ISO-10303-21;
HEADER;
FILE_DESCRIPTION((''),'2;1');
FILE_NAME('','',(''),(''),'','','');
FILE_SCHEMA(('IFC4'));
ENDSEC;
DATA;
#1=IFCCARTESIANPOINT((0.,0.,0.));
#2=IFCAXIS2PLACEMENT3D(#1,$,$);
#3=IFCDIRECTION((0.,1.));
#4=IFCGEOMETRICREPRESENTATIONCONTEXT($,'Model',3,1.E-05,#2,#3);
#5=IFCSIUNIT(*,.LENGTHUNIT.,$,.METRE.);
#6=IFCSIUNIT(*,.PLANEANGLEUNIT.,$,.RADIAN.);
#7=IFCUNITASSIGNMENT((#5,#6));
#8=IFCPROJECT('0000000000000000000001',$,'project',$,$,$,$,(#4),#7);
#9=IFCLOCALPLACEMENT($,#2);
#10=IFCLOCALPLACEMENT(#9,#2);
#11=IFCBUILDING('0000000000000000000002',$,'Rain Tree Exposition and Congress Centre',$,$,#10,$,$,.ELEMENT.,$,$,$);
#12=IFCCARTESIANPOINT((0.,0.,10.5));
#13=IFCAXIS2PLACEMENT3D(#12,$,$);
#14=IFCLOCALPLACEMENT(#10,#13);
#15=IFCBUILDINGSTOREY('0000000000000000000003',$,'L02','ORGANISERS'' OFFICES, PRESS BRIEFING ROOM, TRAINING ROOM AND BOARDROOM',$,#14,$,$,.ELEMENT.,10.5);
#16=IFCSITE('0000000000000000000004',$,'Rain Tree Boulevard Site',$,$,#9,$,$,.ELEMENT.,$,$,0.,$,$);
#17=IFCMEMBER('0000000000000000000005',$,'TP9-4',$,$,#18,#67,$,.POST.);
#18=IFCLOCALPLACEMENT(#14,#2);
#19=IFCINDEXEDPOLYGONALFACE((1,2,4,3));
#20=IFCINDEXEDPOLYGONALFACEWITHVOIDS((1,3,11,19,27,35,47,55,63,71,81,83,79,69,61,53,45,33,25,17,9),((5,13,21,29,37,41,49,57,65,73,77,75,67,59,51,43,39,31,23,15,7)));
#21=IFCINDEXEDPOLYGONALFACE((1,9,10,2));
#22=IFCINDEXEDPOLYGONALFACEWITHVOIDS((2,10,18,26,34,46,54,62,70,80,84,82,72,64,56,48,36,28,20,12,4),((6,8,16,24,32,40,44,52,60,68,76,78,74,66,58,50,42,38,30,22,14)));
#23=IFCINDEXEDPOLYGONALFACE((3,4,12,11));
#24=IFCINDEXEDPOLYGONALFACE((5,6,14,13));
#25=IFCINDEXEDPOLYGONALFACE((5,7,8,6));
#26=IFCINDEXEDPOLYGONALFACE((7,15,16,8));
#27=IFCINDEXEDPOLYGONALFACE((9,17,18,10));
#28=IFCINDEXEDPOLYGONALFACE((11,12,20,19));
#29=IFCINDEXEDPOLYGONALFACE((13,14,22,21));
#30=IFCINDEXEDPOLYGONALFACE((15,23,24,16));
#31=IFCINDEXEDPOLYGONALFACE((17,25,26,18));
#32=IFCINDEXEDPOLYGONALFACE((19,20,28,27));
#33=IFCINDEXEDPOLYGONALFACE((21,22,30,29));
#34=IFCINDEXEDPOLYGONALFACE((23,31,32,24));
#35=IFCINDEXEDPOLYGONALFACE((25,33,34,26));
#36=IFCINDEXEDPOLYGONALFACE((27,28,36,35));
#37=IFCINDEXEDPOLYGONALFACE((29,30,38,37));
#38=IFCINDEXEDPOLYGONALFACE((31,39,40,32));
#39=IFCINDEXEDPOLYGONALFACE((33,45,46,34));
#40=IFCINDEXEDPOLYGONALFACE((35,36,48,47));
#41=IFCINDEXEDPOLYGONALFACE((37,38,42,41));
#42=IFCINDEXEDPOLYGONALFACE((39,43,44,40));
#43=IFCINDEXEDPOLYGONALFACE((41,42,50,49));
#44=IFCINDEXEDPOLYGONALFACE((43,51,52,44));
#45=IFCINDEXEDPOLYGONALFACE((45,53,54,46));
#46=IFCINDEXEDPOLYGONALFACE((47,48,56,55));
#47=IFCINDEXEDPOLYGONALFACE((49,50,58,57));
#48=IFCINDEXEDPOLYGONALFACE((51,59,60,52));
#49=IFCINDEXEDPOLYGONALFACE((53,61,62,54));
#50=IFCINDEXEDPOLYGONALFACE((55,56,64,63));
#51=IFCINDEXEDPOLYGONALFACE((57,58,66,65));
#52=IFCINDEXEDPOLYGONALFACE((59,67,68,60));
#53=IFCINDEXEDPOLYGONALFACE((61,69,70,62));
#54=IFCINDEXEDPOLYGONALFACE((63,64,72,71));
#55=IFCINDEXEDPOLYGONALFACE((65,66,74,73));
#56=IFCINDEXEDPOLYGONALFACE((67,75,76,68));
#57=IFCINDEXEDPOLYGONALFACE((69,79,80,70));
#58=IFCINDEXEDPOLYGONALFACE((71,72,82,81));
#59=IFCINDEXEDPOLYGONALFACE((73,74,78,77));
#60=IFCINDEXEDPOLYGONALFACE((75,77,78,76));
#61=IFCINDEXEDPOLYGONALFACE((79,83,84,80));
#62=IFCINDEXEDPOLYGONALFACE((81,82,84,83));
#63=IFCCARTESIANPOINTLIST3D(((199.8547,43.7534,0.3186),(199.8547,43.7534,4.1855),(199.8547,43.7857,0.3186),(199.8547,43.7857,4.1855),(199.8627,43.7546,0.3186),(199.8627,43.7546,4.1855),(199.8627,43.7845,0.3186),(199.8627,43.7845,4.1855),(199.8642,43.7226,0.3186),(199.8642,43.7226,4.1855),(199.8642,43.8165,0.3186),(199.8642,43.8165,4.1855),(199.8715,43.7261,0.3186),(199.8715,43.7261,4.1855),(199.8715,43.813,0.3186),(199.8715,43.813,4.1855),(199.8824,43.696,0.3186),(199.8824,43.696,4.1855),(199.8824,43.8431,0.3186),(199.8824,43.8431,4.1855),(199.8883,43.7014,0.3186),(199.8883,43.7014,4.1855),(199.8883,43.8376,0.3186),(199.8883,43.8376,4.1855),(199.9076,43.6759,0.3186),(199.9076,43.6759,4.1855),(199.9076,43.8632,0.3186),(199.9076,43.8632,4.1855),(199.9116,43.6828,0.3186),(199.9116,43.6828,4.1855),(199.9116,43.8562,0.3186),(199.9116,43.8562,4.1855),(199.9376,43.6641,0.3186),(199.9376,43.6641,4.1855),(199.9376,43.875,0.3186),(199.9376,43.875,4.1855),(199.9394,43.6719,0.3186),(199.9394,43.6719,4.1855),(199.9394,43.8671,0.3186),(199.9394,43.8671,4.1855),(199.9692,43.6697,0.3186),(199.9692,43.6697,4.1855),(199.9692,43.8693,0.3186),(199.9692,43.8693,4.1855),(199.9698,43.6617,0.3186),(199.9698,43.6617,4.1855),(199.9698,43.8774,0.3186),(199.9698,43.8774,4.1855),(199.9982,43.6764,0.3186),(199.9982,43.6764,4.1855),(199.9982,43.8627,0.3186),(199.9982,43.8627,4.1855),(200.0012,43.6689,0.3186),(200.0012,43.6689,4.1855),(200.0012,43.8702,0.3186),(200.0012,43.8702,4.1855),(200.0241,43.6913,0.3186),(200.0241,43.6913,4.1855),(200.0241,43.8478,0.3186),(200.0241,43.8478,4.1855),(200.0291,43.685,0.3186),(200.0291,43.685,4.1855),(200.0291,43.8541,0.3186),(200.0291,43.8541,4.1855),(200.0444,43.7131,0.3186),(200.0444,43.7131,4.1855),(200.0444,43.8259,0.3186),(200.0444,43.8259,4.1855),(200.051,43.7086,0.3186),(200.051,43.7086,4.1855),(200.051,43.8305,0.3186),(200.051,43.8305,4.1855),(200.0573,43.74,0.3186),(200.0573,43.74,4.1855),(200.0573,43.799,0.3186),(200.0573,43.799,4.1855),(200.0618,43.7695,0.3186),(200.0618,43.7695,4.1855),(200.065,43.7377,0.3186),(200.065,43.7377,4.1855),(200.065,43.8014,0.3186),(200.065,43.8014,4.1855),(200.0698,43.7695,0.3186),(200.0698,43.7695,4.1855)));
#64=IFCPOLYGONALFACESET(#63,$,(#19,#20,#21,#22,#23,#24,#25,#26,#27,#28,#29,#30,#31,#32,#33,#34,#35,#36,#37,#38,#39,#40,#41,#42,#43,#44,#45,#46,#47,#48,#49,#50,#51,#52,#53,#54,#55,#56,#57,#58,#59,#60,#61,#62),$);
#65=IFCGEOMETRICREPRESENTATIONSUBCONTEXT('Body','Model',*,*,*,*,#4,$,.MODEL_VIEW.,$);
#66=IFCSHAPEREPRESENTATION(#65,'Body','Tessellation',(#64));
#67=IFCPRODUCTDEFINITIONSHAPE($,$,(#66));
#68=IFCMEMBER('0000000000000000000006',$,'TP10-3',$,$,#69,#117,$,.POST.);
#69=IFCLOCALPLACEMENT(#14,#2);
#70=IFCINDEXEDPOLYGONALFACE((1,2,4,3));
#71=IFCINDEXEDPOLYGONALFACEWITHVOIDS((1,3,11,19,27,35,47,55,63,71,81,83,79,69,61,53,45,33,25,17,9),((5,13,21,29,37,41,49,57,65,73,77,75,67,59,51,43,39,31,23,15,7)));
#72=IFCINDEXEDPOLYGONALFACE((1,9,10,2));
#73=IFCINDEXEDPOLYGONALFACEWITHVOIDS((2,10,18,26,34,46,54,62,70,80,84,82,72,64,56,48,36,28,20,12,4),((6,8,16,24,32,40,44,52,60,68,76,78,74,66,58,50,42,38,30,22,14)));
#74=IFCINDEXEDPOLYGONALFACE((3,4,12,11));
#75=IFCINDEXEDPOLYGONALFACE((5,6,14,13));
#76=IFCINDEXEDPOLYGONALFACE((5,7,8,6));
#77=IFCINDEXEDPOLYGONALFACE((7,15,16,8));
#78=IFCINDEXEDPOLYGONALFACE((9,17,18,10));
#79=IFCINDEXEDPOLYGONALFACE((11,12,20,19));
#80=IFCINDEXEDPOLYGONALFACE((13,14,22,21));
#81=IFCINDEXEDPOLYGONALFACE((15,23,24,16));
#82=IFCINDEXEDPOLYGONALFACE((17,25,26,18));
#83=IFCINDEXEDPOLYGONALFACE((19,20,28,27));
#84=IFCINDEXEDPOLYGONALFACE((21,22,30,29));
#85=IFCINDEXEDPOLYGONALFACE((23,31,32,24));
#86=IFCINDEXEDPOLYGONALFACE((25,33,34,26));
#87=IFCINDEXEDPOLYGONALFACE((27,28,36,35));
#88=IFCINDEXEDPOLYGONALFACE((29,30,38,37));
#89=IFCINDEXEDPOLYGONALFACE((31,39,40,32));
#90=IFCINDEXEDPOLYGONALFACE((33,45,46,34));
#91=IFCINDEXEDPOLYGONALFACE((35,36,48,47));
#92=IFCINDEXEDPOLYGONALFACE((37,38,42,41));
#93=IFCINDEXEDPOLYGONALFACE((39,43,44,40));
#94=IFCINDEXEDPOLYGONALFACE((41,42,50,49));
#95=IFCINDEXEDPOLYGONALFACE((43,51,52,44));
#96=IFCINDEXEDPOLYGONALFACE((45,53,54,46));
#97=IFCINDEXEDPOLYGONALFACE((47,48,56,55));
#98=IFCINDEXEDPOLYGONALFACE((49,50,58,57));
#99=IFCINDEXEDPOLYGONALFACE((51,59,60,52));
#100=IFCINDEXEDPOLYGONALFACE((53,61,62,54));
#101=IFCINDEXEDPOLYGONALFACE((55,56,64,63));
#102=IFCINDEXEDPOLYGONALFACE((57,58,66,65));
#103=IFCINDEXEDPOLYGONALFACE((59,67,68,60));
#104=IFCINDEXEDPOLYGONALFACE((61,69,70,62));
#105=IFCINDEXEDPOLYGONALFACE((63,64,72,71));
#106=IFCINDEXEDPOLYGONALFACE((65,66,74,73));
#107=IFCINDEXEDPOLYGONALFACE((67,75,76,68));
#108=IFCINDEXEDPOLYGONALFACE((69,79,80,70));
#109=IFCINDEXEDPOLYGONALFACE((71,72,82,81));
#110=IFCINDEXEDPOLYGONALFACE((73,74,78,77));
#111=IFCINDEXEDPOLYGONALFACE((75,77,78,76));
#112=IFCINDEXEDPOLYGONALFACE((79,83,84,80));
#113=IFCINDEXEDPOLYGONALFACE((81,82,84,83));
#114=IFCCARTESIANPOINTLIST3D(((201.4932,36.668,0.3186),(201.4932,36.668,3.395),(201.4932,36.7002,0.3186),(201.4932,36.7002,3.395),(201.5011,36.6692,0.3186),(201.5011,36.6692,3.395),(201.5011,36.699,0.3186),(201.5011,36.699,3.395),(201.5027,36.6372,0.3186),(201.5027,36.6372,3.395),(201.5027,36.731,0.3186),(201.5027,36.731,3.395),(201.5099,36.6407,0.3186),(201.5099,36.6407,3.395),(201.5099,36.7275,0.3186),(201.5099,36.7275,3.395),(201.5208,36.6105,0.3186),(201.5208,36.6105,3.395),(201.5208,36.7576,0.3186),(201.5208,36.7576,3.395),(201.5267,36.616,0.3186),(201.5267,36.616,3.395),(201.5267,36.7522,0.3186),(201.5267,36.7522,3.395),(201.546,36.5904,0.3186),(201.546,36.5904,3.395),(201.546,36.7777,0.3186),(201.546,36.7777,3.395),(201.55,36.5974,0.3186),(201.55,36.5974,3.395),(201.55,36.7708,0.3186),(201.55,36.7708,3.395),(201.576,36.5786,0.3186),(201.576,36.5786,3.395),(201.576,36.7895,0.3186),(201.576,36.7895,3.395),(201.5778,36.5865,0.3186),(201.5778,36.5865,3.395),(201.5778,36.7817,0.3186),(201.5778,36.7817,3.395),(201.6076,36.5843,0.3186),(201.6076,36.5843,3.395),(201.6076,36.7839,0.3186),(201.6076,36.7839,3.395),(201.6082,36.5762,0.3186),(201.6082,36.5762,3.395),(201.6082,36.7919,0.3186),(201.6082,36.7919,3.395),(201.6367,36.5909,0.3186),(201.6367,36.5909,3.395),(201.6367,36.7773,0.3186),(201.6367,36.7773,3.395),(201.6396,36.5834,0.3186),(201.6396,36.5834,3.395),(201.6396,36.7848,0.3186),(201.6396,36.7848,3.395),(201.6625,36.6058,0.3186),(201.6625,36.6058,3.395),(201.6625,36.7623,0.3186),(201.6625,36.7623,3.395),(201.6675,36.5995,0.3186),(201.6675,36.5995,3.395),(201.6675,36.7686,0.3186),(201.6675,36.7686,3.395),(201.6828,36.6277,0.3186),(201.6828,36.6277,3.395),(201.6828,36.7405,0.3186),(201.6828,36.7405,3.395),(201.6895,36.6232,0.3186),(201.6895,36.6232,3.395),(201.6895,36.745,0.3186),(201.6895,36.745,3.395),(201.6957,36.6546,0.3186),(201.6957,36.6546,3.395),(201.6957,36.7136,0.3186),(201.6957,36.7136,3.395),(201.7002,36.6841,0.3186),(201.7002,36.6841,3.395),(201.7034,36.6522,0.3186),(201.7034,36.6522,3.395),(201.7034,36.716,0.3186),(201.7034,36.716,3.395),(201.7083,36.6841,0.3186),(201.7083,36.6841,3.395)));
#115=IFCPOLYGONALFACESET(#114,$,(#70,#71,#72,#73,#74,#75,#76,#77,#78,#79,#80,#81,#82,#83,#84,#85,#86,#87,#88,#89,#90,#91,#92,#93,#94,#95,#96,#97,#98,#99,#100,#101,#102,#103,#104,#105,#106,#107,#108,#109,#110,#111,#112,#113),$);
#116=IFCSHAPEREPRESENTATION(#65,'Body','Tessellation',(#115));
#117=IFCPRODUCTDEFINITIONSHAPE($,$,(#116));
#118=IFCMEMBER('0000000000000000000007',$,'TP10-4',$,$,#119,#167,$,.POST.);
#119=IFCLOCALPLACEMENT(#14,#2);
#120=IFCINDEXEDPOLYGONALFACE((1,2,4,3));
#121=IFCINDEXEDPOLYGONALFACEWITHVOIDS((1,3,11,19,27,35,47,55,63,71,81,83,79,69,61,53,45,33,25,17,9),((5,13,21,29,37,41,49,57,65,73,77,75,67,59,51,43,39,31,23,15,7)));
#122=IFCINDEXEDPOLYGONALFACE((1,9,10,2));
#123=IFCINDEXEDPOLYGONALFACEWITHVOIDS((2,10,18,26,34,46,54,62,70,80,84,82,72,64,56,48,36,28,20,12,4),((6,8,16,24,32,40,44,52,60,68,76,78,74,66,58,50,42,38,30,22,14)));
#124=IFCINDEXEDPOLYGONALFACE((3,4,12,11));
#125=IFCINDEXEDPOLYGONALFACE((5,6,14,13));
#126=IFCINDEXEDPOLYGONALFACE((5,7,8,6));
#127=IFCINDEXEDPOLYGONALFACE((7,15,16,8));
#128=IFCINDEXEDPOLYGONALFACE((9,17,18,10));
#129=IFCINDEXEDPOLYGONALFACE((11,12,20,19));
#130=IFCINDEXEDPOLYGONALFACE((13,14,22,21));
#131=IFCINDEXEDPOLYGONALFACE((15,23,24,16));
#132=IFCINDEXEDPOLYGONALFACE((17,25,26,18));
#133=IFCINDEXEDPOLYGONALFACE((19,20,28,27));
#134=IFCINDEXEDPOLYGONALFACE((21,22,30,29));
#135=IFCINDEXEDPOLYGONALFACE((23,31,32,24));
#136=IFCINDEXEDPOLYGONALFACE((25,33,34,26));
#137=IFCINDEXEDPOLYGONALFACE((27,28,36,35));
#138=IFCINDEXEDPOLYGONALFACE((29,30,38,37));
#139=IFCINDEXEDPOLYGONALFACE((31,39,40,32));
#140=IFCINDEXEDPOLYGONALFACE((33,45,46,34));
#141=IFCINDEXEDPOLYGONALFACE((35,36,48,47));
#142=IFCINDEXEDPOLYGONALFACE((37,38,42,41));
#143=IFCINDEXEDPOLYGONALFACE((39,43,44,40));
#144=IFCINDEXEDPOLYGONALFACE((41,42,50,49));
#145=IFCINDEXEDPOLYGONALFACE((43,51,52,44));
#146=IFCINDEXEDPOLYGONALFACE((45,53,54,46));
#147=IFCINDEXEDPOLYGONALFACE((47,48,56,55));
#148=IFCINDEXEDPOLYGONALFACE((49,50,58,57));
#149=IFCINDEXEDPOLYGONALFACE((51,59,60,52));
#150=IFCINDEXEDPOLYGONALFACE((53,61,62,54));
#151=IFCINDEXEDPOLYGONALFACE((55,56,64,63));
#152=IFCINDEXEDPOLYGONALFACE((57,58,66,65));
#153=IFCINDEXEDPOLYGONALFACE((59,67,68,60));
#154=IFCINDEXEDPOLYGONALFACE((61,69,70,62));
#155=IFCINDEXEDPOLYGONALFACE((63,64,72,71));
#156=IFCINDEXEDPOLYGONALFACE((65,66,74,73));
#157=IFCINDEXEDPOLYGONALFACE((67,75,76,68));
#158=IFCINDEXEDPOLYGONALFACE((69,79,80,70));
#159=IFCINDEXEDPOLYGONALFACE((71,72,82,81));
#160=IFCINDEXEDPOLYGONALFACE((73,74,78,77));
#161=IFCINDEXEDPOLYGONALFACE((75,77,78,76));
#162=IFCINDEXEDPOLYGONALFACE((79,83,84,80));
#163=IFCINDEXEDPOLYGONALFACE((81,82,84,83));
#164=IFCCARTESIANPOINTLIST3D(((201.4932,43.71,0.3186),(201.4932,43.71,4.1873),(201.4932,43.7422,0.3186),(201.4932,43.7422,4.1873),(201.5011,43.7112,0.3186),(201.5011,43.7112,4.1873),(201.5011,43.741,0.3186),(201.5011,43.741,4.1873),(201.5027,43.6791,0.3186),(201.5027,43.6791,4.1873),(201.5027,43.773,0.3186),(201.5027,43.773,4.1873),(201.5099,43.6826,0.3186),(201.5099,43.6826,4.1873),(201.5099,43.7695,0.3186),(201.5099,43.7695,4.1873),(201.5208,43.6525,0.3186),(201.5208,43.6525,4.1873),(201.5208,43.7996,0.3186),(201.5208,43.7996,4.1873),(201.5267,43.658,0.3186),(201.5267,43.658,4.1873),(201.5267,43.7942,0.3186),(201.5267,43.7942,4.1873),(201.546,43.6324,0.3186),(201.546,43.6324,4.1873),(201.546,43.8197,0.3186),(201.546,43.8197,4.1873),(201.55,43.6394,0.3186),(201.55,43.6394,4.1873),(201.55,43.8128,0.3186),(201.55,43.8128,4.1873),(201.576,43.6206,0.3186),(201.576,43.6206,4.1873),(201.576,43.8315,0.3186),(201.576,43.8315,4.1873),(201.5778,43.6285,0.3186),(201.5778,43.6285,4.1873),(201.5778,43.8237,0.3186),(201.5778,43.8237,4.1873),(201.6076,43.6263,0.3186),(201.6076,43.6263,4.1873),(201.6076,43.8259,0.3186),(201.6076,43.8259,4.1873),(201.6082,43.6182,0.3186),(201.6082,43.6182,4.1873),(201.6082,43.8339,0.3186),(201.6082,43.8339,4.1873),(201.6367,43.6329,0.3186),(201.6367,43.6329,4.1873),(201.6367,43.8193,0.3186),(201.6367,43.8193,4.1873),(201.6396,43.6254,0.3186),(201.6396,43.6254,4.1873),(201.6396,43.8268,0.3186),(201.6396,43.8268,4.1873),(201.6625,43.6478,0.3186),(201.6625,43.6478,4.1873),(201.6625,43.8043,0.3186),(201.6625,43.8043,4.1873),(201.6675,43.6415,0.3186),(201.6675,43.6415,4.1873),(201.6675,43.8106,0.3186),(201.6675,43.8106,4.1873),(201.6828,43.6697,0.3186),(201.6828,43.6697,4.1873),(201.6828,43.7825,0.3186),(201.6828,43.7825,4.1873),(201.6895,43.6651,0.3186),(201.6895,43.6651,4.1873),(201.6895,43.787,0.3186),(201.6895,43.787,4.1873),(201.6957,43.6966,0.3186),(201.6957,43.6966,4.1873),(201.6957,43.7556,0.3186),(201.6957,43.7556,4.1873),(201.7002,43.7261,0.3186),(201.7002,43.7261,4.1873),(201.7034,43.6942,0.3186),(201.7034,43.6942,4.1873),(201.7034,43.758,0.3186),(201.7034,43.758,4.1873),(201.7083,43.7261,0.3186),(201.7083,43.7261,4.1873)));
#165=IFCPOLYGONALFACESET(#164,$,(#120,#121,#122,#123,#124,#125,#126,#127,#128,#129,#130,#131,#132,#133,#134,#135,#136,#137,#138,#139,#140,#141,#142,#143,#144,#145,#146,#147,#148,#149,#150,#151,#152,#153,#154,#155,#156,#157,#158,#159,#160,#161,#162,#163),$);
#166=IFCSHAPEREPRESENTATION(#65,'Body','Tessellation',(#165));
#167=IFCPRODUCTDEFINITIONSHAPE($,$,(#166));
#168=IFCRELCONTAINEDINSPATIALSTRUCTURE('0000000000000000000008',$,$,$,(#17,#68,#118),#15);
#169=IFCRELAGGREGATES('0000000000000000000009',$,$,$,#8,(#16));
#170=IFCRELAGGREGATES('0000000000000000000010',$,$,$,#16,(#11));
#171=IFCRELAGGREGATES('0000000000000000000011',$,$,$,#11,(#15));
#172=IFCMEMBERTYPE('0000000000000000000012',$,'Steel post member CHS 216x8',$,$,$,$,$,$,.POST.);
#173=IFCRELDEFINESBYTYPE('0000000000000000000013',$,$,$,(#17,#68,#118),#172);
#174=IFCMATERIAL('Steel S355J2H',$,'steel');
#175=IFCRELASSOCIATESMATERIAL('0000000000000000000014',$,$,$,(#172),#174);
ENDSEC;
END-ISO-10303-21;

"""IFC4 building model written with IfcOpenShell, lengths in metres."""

from ifc_helpers import new_model, si_unit, direction, frame, origin, origin_2d, place, context, subcontext, project, spatial, hollow_circle, extrude, material, material_profile, profile_set, type_object, element, save


model = new_model("IFC4")

# Units and contexts
model_context = context("Model", 3, precision=1e-05, world=origin(), true_north=direction((0.0, 1.0)))
body_context = subcontext(model_context, "Body", "Model", "MODEL_VIEW")
ifc_project = project(units=[si_unit("LENGTHUNIT", "METRE"), si_unit("PLANEANGLEUNIT", "RADIAN")], contexts=[model_context])

# Site, building, storey
site_placement = place(None, origin())
site = spatial("IfcSite", under=ifc_project, at=site_placement, Name="Rain Tree Boulevard Site", CompositionType="ELEMENT", RefElevation=0.0)
building_placement = place(site_placement, origin())
building = spatial("IfcBuilding", under=site, at=building_placement, Name="Rain Tree Exposition and Congress Centre", CompositionType="ELEMENT")
storey_placement = place(building_placement, frame((0.0, 0.0, 10.5)))
storey = spatial("IfcBuildingStorey", under=building, at=storey_placement, Name="L02", Description="ORGANISERS' OFFICES, PRESS BRIEFING ROOM, TRAINING ROOM AND BOARDROOM", CompositionType="ELEMENT", Elevation=10.5)

# Members
ifc_material_1 = material(Name="Steel S355J2H", Category="steel")
ifc_material_profile_1 = material_profile(ifc_material_1, hollow_circle(Radius=0.1082, WallThickness=0.0081, at=origin_2d()), Name="CHS 216x8")
ifc_profile_set_1 = profile_set([ifc_material_profile_1], Name="Steel S355J2H")
member_type_1 = type_object("IfcMemberType", Name="Steel post member CHS 216x8", PredefinedType="POST", material=ifc_profile_set_1)
member_1_placement = place(storey_placement, frame((199.9617, 43.7695, 0.3186), z_axis=(0.0, 0.0, 1.0), x_axis=(1.0, 0.0, 0.0)))
element("IfcMember", 1, at=member_1_placement, inside=storey, type_object=member_type_1, Name="TP9-4", PredefinedType="POST", context=body_context, shape_type="SweptSolid", body=[
    extrude(hollow_circle(Radius=0.1082, WallThickness=0.0081, at=origin_2d()), origin(), (0.0, 0.0, 1.0), 3.8669),
])
member_2_placement = place(storey_placement, frame((201.6001, 36.6841, 0.3186), z_axis=(0.0, 0.0, 1.0), x_axis=(1.0, 0.0, 0.0)))
element("IfcMember", 2, at=member_2_placement, inside=storey, type_object=member_type_1, Name="TP10-3", PredefinedType="POST", context=body_context, shape_type="SweptSolid", body=[
    extrude(hollow_circle(Radius=0.1082, WallThickness=0.0081, at=origin_2d()), origin(), (0.0, 0.0, 1.0), 3.0764),
])
member_3_placement = place(storey_placement, frame((201.6001, 43.7261, 0.3186), z_axis=(0.0, 0.0, 1.0), x_axis=(1.0, 0.0, 0.0)))
element("IfcMember", 3, at=member_3_placement, inside=storey, type_object=member_type_1, Name="TP10-4", PredefinedType="POST", context=body_context, shape_type="SweptSolid", body=[
    extrude(hollow_circle(Radius=0.1082, WallThickness=0.0081, at=origin_2d()), origin(), (0.0, 0.0, 1.0), 3.8687),
])

save(model, "model.ifc")
